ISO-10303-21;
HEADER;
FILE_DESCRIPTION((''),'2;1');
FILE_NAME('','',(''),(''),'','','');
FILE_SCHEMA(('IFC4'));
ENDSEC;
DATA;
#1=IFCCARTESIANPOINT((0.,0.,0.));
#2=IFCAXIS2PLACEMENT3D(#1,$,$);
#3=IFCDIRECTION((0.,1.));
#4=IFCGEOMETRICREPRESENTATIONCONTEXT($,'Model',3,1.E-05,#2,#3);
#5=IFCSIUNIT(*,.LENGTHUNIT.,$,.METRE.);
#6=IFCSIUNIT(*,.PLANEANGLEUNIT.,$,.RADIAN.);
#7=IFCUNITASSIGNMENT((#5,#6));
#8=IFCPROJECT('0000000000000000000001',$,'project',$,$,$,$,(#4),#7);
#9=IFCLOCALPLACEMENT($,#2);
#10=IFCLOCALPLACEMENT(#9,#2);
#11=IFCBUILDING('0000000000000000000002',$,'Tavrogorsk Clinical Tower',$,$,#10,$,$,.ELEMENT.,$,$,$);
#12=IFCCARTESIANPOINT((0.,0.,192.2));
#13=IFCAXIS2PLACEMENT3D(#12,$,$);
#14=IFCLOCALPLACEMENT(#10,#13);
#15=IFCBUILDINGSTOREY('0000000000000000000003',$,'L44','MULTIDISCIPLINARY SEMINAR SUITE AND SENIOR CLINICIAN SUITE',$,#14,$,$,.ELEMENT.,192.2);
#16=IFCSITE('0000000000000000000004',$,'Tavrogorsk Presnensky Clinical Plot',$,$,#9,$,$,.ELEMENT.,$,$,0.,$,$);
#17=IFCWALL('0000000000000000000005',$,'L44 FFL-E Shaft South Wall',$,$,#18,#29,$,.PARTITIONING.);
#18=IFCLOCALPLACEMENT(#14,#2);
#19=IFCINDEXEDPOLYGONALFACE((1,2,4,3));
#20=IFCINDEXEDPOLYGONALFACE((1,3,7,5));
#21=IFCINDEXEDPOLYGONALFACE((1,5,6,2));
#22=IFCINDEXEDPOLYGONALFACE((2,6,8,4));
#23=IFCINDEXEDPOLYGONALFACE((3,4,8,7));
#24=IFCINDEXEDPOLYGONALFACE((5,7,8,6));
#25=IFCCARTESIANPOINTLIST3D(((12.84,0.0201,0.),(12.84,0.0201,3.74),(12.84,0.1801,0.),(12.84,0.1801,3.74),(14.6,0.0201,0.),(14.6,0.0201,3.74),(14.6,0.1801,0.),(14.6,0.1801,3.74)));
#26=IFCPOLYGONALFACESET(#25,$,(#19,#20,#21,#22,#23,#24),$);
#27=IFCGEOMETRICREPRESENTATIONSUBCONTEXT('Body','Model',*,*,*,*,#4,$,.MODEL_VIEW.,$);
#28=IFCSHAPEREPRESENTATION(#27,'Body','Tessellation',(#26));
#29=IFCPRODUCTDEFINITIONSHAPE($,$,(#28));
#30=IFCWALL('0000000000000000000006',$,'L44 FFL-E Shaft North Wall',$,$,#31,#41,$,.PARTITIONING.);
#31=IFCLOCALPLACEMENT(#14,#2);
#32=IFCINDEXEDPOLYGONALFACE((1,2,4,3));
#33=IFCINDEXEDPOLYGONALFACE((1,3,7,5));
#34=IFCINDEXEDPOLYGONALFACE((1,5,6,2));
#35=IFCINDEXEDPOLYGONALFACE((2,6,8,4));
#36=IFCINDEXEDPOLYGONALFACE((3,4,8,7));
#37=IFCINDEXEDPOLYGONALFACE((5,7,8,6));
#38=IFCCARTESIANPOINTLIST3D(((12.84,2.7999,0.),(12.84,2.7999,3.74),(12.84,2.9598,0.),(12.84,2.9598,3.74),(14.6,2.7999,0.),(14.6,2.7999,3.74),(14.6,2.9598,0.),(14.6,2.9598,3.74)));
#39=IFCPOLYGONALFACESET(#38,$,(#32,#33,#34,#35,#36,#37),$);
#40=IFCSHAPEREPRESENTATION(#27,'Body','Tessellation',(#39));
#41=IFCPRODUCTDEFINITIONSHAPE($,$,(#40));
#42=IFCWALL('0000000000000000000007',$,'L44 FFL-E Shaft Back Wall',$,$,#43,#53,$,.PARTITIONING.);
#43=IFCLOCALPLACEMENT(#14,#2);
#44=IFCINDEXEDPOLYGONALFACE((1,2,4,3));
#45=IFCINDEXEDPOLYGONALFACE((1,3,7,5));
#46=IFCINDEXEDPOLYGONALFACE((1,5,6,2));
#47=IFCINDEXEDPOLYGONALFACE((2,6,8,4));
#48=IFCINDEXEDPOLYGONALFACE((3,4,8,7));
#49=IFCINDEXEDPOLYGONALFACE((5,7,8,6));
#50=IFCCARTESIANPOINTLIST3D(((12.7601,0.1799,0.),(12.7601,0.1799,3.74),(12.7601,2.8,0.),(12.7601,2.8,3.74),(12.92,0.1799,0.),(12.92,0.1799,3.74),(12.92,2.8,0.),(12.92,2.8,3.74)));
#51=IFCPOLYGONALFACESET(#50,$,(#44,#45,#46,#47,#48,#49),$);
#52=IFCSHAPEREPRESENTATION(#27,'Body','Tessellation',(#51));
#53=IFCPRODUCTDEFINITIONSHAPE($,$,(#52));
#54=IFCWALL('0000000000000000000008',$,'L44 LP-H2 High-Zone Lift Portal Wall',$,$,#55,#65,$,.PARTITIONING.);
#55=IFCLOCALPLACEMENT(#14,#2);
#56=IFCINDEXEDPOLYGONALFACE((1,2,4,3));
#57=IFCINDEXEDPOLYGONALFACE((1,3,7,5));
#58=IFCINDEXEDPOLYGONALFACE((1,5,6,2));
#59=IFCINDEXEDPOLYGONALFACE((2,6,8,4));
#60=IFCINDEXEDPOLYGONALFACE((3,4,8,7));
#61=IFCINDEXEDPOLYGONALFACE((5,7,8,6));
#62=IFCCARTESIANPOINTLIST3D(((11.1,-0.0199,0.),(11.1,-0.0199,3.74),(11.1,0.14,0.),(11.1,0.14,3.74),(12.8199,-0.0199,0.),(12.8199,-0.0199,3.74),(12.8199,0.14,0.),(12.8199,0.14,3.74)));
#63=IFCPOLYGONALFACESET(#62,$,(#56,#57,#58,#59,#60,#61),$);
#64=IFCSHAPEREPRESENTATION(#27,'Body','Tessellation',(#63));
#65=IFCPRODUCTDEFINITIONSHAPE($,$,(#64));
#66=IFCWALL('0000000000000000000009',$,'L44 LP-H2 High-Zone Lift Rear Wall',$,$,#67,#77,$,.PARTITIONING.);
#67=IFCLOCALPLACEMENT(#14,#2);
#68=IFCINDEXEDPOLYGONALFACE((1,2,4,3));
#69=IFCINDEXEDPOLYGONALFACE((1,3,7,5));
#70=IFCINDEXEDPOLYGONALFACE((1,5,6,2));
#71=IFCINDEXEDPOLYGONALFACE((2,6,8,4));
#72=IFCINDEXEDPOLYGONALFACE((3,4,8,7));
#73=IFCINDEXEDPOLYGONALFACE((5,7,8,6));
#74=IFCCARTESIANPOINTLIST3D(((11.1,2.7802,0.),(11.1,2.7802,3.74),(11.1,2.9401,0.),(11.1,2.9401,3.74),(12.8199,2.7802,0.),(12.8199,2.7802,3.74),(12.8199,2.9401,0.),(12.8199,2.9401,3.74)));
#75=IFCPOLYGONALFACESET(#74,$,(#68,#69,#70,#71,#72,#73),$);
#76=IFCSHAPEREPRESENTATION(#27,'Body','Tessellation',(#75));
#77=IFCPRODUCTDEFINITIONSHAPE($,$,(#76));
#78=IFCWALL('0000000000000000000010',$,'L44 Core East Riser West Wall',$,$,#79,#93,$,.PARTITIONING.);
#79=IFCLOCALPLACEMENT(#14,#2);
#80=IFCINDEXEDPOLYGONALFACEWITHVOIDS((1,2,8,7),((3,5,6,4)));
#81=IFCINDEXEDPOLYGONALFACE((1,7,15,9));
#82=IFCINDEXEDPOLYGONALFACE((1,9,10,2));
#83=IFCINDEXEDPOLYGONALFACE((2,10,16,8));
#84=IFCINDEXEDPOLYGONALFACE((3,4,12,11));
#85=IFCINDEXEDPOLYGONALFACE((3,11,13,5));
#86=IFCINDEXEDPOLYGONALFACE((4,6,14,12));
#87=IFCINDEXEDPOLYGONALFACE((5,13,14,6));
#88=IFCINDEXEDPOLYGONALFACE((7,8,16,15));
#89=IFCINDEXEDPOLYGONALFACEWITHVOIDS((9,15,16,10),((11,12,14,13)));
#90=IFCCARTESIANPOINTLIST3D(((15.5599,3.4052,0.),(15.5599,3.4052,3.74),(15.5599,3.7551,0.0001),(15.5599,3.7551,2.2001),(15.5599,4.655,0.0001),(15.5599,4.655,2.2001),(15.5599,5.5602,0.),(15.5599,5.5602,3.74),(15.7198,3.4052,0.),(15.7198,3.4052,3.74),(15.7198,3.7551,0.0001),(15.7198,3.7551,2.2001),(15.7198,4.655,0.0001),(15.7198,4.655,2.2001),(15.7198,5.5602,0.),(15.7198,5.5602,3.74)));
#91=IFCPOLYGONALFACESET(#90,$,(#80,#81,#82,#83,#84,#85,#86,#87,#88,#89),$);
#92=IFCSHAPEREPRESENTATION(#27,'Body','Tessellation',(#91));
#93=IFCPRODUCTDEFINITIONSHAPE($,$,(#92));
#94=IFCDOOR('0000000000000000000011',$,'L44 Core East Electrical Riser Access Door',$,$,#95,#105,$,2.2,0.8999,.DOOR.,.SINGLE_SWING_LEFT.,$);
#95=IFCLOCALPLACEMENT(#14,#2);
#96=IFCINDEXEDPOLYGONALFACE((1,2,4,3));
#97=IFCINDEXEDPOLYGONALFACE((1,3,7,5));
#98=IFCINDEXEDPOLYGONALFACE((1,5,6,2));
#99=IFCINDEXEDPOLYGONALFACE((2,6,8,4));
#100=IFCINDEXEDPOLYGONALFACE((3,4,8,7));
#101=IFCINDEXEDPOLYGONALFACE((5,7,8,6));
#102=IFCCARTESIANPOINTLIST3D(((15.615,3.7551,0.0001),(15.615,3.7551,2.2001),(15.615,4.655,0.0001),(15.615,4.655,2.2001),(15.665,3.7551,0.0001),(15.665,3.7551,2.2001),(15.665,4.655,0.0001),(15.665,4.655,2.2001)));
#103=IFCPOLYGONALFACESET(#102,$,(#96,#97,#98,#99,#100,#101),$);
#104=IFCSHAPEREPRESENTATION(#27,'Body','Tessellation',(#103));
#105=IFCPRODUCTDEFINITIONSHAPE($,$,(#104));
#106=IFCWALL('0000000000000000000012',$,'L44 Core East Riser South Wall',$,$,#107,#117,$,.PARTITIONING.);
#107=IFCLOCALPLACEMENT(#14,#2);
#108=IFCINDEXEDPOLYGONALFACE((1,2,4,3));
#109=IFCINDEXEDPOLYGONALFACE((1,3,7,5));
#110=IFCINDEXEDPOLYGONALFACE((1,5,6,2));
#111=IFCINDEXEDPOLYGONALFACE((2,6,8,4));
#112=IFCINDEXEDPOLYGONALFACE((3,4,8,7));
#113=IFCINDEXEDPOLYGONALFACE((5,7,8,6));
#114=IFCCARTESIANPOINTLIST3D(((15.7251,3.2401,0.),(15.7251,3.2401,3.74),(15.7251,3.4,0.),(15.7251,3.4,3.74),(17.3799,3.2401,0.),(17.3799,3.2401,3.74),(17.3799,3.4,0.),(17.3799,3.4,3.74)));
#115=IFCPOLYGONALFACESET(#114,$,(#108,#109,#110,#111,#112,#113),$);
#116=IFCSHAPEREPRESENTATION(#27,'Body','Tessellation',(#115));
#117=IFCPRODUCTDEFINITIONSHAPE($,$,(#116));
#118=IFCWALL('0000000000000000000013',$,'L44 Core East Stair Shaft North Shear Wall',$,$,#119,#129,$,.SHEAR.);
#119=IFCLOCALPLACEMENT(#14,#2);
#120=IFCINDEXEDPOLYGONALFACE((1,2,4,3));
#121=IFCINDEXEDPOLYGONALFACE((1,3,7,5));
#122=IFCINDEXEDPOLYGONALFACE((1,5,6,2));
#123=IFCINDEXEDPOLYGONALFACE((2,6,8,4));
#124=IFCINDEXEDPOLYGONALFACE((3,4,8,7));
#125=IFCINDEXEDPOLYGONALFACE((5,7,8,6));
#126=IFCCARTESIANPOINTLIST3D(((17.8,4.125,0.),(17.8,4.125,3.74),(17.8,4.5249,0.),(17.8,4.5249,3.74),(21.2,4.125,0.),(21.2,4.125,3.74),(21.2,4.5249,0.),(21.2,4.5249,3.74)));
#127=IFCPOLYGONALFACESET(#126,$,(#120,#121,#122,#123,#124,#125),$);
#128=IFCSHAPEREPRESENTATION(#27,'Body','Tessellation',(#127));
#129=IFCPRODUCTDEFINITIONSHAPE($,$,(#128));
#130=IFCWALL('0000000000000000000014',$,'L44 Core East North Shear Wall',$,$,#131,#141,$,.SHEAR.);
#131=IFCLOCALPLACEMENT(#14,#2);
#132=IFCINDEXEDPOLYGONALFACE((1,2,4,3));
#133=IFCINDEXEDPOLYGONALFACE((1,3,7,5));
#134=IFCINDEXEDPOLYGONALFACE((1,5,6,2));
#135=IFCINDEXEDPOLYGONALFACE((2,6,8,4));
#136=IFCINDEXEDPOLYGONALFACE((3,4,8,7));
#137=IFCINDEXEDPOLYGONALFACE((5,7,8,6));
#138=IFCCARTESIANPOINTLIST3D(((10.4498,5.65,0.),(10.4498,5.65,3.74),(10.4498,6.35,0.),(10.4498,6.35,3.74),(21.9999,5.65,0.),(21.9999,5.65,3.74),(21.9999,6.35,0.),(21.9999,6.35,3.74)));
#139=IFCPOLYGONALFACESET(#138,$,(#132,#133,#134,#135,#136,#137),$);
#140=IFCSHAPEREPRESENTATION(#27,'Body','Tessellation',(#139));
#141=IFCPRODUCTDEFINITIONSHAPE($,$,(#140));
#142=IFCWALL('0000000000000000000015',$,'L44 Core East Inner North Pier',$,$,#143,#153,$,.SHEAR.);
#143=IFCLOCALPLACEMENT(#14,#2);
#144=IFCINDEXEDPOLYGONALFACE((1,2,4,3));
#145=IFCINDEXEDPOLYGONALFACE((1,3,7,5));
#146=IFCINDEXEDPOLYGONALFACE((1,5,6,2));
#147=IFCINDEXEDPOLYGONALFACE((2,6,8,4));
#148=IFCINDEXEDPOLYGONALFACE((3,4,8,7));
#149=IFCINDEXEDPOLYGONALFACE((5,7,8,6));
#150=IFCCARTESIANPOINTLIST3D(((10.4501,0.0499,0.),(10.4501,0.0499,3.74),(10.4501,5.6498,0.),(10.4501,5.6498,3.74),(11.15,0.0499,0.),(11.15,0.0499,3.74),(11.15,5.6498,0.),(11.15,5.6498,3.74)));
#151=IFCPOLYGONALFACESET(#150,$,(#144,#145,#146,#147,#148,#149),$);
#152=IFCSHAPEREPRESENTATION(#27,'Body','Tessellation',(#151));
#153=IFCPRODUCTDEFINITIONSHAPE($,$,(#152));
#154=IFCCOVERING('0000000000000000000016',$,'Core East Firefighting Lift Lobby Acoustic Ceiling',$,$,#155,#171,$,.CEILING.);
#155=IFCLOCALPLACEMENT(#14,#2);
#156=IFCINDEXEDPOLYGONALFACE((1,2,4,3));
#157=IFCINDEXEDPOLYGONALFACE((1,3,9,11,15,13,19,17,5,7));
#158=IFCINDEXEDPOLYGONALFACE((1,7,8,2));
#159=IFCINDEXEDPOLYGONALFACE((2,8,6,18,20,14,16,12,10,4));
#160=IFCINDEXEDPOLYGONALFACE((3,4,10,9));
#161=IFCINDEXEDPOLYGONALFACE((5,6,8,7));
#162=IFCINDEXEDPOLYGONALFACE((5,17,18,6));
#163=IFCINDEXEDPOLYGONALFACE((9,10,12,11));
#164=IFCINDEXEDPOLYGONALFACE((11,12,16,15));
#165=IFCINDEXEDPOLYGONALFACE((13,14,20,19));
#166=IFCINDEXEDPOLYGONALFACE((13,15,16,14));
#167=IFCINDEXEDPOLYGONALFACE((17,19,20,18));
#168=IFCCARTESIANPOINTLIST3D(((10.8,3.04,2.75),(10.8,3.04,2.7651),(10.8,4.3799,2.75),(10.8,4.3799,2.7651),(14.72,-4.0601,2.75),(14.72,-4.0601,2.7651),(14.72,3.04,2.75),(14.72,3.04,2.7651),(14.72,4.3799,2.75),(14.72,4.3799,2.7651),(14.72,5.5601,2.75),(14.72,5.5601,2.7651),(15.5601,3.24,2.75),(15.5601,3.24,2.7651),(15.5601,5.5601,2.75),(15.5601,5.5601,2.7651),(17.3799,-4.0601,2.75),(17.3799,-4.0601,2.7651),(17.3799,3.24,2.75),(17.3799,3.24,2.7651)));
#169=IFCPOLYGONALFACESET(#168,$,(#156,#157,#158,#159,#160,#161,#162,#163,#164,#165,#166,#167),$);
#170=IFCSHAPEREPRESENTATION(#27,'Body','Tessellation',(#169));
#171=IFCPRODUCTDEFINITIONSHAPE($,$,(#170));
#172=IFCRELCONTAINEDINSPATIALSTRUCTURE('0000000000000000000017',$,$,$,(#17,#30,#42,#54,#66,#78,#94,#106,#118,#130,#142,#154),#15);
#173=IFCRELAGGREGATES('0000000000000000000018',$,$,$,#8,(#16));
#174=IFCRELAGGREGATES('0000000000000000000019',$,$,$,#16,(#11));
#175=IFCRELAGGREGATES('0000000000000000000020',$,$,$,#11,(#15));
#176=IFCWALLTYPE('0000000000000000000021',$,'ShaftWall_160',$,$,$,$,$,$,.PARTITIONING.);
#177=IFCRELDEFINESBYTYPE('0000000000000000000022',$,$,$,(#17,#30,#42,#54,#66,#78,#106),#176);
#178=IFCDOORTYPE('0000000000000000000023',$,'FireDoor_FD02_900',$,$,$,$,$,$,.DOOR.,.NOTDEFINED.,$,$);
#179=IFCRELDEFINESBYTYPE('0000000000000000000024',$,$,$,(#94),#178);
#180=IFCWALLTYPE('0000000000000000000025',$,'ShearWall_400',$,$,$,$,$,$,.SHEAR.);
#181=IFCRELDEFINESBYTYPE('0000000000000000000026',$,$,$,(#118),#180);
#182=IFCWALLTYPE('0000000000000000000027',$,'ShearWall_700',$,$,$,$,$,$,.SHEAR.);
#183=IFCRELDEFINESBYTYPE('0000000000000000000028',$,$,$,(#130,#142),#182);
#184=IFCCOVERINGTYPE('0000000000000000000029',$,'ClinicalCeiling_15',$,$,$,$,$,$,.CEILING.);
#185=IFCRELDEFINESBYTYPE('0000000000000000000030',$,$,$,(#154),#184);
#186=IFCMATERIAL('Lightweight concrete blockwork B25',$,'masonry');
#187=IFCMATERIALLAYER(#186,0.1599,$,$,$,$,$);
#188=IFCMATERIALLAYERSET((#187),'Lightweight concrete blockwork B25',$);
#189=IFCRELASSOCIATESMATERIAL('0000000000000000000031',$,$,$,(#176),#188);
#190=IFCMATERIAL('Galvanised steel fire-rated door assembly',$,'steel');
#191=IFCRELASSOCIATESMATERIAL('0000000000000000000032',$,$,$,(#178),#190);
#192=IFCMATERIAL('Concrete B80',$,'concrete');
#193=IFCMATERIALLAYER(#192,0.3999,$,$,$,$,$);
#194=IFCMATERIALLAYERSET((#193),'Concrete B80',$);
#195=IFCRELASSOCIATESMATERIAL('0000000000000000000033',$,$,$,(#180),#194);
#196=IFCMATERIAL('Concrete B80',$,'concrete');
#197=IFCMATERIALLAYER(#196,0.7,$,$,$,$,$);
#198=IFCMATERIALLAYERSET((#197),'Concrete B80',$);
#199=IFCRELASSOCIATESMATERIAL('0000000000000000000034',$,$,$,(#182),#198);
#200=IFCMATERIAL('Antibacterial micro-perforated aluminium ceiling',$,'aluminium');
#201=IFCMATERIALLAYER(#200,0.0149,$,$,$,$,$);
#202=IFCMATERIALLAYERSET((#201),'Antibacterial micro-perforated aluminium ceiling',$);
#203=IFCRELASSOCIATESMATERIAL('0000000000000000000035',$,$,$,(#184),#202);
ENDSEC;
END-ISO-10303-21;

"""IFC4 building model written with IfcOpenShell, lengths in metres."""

from ifc_helpers import new_model, si_unit, direction, frame, frame_2d, origin, place, context, subcontext, project, spatial, polyline, rectangle, outline, extrude, material, layer, layer_set, type_object, element, fill, save


model = new_model("IFC4")

# Units and contexts
model_context = context("Model", 3, precision=1e-05, world=origin(), true_north=direction((0.0, 1.0)))
body_context = subcontext(model_context, "Body", "Model", "MODEL_VIEW")
ifc_project = project(units=[si_unit("LENGTHUNIT", "METRE"), si_unit("PLANEANGLEUNIT", "RADIAN")], contexts=[model_context])

# Site, building, storey
site_placement = place(None, origin())
site = spatial("IfcSite", under=ifc_project, at=site_placement, Name="Tavrogorsk Presnensky Clinical Plot", CompositionType="ELEMENT", RefElevation=0.0)
building_placement = place(site_placement, origin())
building = spatial("IfcBuilding", under=site, at=building_placement, Name="Tavrogorsk Clinical Tower", CompositionType="ELEMENT")
storey_placement = place(building_placement, frame((0.0, 0.0, 192.2)))
storey = spatial("IfcBuildingStorey", under=building, at=storey_placement, Name="L44", Description="MULTIDISCIPLINARY SEMINAR SUITE AND SENIOR CLINICIAN SUITE", CompositionType="ELEMENT", Elevation=192.2)

# Shared definitions
ifc_material_1 = material(Name="Lightweight concrete blockwork B25", Category="masonry")
ifc_layer_1 = layer(ifc_material_1, 0.1599)
ifc_layer_set_1 = layer_set([ifc_layer_1], Name="Lightweight concrete blockwork B25")
wall_type_1 = type_object("IfcWallType", Name="ShaftWall_160", PredefinedType="PARTITIONING", material=ifc_layer_set_1)

# Walls
for number, where, z_axis, x_axis, name in (
    (1, (12.8401, 0.1001, 0.0), (0.0, 0.0, 1.0), (1.0, 0.0, 0.0), "L44 FFL-E Shaft South Wall"),
    (2, (12.8401, 2.8799, 0.0), (0.0, 0.0, 1.0), (1.0, 0.0, 0.0), "L44 FFL-E Shaft North Wall"),
):
    element("IfcWall", number, at=place(storey_placement, frame(where, z_axis=z_axis, x_axis=x_axis)), inside=storey, type_object=wall_type_1, Name=name, PredefinedType="PARTITIONING", context=body_context, shape_type="SweptSolid", body=[
        extrude(rectangle(XDim=1.76, YDim=0.1599, at=frame_2d((0.8799, 0.0))), origin(), (0.0, 0.0, 1.0), 3.74),
    ])
wall_1_placement = place(storey_placement, frame((12.8401, 0.1799, 0.0), z_axis=(0.0, 0.0, 1.0), x_axis=(0.0, 1.0, 0.0)))
element("IfcWall", 3, at=wall_1_placement, inside=storey, type_object=wall_type_1, Name="L44 FFL-E Shaft Back Wall", PredefinedType="PARTITIONING", context=body_context, shape_type="SweptSolid", body=[
    extrude(rectangle(XDim=2.6201, YDim=0.1599, at=frame_2d((1.3101, 0.0))), origin(), (0.0, 0.0, 1.0), 3.74),
])
for number, where, z_axis, x_axis, name in (
    (4, (11.1001, 0.0601, 0.0), (0.0, 0.0, 1.0), (1.0, 0.0, 0.0), "L44 LP-H2 High-Zone Lift Portal Wall"),
    (5, (11.1001, 2.8601, 0.0), (0.0, 0.0, 1.0), (1.0, 0.0, 0.0), "L44 LP-H2 High-Zone Lift Rear Wall"),
):
    element("IfcWall", number, at=place(storey_placement, frame(where, z_axis=z_axis, x_axis=x_axis)), inside=storey, type_object=wall_type_1, Name=name, PredefinedType="PARTITIONING", context=body_context, shape_type="SweptSolid", body=[
        extrude(rectangle(XDim=1.72, YDim=0.1599, at=frame_2d((0.8599, 0.0))), origin(), (0.0, 0.0, 1.0), 3.74),
    ])

# Wall, opening, door
wall_2_placement = place(storey_placement, frame((15.6399, 3.405, 0.0), z_axis=(0.0, 0.0, 1.0), x_axis=(0.0, 1.0, 0.0)))
wall_2 = element("IfcWall", 6, at=wall_2_placement, inside=storey, type_object=wall_type_1, Name="L44 Core East Riser West Wall", PredefinedType="PARTITIONING", context=body_context, shape_type="SweptSolid", body=[
    extrude(rectangle(XDim=2.155, YDim=0.1599, at=frame_2d((1.0776, 0.0))), origin(), (0.0, 0.0, 1.0), 3.74),
])
opening_1_placement = place(wall_2_placement, frame((0.3501, 0.0, 0.0)))
opening_1 = element("IfcOpeningElement", 7, at=opening_1_placement, cuts=wall_2, PredefinedType="OPENING", context=body_context, shape_type="SweptSolid", body=[
    extrude(rectangle(XDim=0.8999, YDim=2.2, at=frame_2d((0.45, 1.1001))), frame((0.0, 0.0898, 0.0), z_axis=(0.0, -1.0, 0.0), x_axis=(1.0, 0.0, 0.0)), (0.0, 0.0, 1.0), 0.1799),
])
ifc_material_2 = material(Name="Galvanised steel fire-rated door assembly", Category="steel")
door_type_1 = type_object("IfcDoorType", Name="FireDoor_FD02_900", OperationType="NOTDEFINED", PredefinedType="DOOR", material=ifc_material_2)
door_1_placement = place(opening_1_placement, origin())
door_1 = element("IfcDoor", 8, at=door_1_placement, inside=storey, type_object=door_type_1, Name="L44 Core East Electrical Riser Access Door", OperationType="SINGLE_SWING_LEFT", OverallHeight=2.2, OverallWidth=0.8999, PredefinedType="DOOR", context=body_context, shape_type="SweptSolid", body=[
    extrude(rectangle(XDim=0.8999, YDim=2.2, at=frame_2d((0.45, 1.1001))), frame((0.0, 0.0249, 0.0), z_axis=(0.0, -1.0, 0.0), x_axis=(1.0, 0.0, 0.0)), (0.0, 0.0, 1.0), 0.05),
])
fill(opening_1, door_1)

# Walls
wall_3_placement = place(storey_placement, frame((15.7251, 3.3201, 0.0), z_axis=(0.0, 0.0, 1.0), x_axis=(1.0, 0.0, 0.0)))
element("IfcWall", 9, at=wall_3_placement, inside=storey, type_object=wall_type_1, Name="L44 Core East Riser South Wall", PredefinedType="PARTITIONING", context=body_context, shape_type="SweptSolid", body=[
    extrude(rectangle(XDim=1.6548, YDim=0.1599, at=frame_2d((0.8274, 0.0))), origin(), (0.0, 0.0, 1.0), 3.74),
])
ifc_material_3 = material(Name="Concrete B80", Category="concrete")
ifc_layer_2 = layer(ifc_material_3, 0.3999)
ifc_layer_set_2 = layer_set([ifc_layer_2], Name="Concrete B80")
wall_type_2 = type_object("IfcWallType", Name="ShearWall_400", PredefinedType="SHEAR", material=ifc_layer_set_2)
wall_4_placement = place(storey_placement, frame((17.8, 4.325, 0.0), z_axis=(0.0, 0.0, 1.0), x_axis=(1.0, 0.0, 0.0)))
element("IfcWall", 10, at=wall_4_placement, inside=storey, type_object=wall_type_2, Name="L44 Core East Stair Shaft North Shear Wall", PredefinedType="SHEAR", context=body_context, shape_type="SweptSolid", body=[
    extrude(rectangle(XDim=3.3999, YDim=0.3999, at=frame_2d((1.7, 0.0))), origin(), (0.0, 0.0, 1.0), 3.74),
])
ifc_material_4 = material(Name="Concrete B80", Category="concrete")
ifc_layer_3 = layer(ifc_material_4, 0.7)
ifc_layer_set_3 = layer_set([ifc_layer_3], Name="Concrete B80")
wall_type_3 = type_object("IfcWallType", Name="ShearWall_700", PredefinedType="SHEAR", material=ifc_layer_set_3)
wall_5_placement = place(storey_placement, frame((10.45, 6.0, 0.0), z_axis=(0.0, 0.0, 1.0), x_axis=(1.0, 0.0, 0.0)))
element("IfcWall", 11, at=wall_5_placement, inside=storey, type_object=wall_type_3, Name="L44 Core East North Shear Wall", PredefinedType="SHEAR", context=body_context, shape_type="SweptSolid", body=[
    extrude(rectangle(XDim=11.55, YDim=0.7, at=frame_2d((5.7749, 0.0))), origin(), (0.0, 0.0, 1.0), 3.74),
])
wall_6_placement = place(storey_placement, frame((10.8, 0.05, 0.0), z_axis=(0.0, 0.0, 1.0), x_axis=(0.0, 1.0, 0.0)))
element("IfcWall", 12, at=wall_6_placement, inside=storey, type_object=wall_type_3, Name="L44 Core East Inner North Pier", PredefinedType="SHEAR", context=body_context, shape_type="SweptSolid", body=[
    extrude(rectangle(XDim=5.5999, YDim=0.7, at=frame_2d((2.7998, 0.0))), origin(), (0.0, 0.0, 1.0), 3.74),
])

# Covering
ifc_material_5 = material(Name="Antibacterial micro-perforated aluminium ceiling", Category="aluminium")
ifc_layer_4 = layer(ifc_material_5, 0.0149)
ifc_layer_set_4 = layer_set([ifc_layer_4], Name="Antibacterial micro-perforated aluminium ceiling")
covering_type = type_object("IfcCoveringType", Name="ClinicalCeiling_15", PredefinedType="CEILING", material=ifc_layer_set_4)
covering_placement = place(storey_placement, frame((0.0, 0.0, 2.75)))
element("IfcCovering", 13, at=covering_placement, inside=storey, type_object=covering_type, Name="Core East Firefighting Lift Lobby Acoustic Ceiling", PredefinedType="CEILING", context=body_context, shape_type="SweptSolid", body=[
    extrude(outline(polyline([(14.72, -4.0601), (14.72, 3.04), (10.8, 3.04), (10.8, 4.3799), (14.72, 4.3799), (14.72, 5.5601), (15.5601, 5.5601), (15.5601, 3.24), (17.3799, 3.24), (17.3799, -4.0601), (14.72, -4.0601)])), origin(), (0.0, 0.0, 1.0), 0.0151),
])

save(model, "model.ifc")
